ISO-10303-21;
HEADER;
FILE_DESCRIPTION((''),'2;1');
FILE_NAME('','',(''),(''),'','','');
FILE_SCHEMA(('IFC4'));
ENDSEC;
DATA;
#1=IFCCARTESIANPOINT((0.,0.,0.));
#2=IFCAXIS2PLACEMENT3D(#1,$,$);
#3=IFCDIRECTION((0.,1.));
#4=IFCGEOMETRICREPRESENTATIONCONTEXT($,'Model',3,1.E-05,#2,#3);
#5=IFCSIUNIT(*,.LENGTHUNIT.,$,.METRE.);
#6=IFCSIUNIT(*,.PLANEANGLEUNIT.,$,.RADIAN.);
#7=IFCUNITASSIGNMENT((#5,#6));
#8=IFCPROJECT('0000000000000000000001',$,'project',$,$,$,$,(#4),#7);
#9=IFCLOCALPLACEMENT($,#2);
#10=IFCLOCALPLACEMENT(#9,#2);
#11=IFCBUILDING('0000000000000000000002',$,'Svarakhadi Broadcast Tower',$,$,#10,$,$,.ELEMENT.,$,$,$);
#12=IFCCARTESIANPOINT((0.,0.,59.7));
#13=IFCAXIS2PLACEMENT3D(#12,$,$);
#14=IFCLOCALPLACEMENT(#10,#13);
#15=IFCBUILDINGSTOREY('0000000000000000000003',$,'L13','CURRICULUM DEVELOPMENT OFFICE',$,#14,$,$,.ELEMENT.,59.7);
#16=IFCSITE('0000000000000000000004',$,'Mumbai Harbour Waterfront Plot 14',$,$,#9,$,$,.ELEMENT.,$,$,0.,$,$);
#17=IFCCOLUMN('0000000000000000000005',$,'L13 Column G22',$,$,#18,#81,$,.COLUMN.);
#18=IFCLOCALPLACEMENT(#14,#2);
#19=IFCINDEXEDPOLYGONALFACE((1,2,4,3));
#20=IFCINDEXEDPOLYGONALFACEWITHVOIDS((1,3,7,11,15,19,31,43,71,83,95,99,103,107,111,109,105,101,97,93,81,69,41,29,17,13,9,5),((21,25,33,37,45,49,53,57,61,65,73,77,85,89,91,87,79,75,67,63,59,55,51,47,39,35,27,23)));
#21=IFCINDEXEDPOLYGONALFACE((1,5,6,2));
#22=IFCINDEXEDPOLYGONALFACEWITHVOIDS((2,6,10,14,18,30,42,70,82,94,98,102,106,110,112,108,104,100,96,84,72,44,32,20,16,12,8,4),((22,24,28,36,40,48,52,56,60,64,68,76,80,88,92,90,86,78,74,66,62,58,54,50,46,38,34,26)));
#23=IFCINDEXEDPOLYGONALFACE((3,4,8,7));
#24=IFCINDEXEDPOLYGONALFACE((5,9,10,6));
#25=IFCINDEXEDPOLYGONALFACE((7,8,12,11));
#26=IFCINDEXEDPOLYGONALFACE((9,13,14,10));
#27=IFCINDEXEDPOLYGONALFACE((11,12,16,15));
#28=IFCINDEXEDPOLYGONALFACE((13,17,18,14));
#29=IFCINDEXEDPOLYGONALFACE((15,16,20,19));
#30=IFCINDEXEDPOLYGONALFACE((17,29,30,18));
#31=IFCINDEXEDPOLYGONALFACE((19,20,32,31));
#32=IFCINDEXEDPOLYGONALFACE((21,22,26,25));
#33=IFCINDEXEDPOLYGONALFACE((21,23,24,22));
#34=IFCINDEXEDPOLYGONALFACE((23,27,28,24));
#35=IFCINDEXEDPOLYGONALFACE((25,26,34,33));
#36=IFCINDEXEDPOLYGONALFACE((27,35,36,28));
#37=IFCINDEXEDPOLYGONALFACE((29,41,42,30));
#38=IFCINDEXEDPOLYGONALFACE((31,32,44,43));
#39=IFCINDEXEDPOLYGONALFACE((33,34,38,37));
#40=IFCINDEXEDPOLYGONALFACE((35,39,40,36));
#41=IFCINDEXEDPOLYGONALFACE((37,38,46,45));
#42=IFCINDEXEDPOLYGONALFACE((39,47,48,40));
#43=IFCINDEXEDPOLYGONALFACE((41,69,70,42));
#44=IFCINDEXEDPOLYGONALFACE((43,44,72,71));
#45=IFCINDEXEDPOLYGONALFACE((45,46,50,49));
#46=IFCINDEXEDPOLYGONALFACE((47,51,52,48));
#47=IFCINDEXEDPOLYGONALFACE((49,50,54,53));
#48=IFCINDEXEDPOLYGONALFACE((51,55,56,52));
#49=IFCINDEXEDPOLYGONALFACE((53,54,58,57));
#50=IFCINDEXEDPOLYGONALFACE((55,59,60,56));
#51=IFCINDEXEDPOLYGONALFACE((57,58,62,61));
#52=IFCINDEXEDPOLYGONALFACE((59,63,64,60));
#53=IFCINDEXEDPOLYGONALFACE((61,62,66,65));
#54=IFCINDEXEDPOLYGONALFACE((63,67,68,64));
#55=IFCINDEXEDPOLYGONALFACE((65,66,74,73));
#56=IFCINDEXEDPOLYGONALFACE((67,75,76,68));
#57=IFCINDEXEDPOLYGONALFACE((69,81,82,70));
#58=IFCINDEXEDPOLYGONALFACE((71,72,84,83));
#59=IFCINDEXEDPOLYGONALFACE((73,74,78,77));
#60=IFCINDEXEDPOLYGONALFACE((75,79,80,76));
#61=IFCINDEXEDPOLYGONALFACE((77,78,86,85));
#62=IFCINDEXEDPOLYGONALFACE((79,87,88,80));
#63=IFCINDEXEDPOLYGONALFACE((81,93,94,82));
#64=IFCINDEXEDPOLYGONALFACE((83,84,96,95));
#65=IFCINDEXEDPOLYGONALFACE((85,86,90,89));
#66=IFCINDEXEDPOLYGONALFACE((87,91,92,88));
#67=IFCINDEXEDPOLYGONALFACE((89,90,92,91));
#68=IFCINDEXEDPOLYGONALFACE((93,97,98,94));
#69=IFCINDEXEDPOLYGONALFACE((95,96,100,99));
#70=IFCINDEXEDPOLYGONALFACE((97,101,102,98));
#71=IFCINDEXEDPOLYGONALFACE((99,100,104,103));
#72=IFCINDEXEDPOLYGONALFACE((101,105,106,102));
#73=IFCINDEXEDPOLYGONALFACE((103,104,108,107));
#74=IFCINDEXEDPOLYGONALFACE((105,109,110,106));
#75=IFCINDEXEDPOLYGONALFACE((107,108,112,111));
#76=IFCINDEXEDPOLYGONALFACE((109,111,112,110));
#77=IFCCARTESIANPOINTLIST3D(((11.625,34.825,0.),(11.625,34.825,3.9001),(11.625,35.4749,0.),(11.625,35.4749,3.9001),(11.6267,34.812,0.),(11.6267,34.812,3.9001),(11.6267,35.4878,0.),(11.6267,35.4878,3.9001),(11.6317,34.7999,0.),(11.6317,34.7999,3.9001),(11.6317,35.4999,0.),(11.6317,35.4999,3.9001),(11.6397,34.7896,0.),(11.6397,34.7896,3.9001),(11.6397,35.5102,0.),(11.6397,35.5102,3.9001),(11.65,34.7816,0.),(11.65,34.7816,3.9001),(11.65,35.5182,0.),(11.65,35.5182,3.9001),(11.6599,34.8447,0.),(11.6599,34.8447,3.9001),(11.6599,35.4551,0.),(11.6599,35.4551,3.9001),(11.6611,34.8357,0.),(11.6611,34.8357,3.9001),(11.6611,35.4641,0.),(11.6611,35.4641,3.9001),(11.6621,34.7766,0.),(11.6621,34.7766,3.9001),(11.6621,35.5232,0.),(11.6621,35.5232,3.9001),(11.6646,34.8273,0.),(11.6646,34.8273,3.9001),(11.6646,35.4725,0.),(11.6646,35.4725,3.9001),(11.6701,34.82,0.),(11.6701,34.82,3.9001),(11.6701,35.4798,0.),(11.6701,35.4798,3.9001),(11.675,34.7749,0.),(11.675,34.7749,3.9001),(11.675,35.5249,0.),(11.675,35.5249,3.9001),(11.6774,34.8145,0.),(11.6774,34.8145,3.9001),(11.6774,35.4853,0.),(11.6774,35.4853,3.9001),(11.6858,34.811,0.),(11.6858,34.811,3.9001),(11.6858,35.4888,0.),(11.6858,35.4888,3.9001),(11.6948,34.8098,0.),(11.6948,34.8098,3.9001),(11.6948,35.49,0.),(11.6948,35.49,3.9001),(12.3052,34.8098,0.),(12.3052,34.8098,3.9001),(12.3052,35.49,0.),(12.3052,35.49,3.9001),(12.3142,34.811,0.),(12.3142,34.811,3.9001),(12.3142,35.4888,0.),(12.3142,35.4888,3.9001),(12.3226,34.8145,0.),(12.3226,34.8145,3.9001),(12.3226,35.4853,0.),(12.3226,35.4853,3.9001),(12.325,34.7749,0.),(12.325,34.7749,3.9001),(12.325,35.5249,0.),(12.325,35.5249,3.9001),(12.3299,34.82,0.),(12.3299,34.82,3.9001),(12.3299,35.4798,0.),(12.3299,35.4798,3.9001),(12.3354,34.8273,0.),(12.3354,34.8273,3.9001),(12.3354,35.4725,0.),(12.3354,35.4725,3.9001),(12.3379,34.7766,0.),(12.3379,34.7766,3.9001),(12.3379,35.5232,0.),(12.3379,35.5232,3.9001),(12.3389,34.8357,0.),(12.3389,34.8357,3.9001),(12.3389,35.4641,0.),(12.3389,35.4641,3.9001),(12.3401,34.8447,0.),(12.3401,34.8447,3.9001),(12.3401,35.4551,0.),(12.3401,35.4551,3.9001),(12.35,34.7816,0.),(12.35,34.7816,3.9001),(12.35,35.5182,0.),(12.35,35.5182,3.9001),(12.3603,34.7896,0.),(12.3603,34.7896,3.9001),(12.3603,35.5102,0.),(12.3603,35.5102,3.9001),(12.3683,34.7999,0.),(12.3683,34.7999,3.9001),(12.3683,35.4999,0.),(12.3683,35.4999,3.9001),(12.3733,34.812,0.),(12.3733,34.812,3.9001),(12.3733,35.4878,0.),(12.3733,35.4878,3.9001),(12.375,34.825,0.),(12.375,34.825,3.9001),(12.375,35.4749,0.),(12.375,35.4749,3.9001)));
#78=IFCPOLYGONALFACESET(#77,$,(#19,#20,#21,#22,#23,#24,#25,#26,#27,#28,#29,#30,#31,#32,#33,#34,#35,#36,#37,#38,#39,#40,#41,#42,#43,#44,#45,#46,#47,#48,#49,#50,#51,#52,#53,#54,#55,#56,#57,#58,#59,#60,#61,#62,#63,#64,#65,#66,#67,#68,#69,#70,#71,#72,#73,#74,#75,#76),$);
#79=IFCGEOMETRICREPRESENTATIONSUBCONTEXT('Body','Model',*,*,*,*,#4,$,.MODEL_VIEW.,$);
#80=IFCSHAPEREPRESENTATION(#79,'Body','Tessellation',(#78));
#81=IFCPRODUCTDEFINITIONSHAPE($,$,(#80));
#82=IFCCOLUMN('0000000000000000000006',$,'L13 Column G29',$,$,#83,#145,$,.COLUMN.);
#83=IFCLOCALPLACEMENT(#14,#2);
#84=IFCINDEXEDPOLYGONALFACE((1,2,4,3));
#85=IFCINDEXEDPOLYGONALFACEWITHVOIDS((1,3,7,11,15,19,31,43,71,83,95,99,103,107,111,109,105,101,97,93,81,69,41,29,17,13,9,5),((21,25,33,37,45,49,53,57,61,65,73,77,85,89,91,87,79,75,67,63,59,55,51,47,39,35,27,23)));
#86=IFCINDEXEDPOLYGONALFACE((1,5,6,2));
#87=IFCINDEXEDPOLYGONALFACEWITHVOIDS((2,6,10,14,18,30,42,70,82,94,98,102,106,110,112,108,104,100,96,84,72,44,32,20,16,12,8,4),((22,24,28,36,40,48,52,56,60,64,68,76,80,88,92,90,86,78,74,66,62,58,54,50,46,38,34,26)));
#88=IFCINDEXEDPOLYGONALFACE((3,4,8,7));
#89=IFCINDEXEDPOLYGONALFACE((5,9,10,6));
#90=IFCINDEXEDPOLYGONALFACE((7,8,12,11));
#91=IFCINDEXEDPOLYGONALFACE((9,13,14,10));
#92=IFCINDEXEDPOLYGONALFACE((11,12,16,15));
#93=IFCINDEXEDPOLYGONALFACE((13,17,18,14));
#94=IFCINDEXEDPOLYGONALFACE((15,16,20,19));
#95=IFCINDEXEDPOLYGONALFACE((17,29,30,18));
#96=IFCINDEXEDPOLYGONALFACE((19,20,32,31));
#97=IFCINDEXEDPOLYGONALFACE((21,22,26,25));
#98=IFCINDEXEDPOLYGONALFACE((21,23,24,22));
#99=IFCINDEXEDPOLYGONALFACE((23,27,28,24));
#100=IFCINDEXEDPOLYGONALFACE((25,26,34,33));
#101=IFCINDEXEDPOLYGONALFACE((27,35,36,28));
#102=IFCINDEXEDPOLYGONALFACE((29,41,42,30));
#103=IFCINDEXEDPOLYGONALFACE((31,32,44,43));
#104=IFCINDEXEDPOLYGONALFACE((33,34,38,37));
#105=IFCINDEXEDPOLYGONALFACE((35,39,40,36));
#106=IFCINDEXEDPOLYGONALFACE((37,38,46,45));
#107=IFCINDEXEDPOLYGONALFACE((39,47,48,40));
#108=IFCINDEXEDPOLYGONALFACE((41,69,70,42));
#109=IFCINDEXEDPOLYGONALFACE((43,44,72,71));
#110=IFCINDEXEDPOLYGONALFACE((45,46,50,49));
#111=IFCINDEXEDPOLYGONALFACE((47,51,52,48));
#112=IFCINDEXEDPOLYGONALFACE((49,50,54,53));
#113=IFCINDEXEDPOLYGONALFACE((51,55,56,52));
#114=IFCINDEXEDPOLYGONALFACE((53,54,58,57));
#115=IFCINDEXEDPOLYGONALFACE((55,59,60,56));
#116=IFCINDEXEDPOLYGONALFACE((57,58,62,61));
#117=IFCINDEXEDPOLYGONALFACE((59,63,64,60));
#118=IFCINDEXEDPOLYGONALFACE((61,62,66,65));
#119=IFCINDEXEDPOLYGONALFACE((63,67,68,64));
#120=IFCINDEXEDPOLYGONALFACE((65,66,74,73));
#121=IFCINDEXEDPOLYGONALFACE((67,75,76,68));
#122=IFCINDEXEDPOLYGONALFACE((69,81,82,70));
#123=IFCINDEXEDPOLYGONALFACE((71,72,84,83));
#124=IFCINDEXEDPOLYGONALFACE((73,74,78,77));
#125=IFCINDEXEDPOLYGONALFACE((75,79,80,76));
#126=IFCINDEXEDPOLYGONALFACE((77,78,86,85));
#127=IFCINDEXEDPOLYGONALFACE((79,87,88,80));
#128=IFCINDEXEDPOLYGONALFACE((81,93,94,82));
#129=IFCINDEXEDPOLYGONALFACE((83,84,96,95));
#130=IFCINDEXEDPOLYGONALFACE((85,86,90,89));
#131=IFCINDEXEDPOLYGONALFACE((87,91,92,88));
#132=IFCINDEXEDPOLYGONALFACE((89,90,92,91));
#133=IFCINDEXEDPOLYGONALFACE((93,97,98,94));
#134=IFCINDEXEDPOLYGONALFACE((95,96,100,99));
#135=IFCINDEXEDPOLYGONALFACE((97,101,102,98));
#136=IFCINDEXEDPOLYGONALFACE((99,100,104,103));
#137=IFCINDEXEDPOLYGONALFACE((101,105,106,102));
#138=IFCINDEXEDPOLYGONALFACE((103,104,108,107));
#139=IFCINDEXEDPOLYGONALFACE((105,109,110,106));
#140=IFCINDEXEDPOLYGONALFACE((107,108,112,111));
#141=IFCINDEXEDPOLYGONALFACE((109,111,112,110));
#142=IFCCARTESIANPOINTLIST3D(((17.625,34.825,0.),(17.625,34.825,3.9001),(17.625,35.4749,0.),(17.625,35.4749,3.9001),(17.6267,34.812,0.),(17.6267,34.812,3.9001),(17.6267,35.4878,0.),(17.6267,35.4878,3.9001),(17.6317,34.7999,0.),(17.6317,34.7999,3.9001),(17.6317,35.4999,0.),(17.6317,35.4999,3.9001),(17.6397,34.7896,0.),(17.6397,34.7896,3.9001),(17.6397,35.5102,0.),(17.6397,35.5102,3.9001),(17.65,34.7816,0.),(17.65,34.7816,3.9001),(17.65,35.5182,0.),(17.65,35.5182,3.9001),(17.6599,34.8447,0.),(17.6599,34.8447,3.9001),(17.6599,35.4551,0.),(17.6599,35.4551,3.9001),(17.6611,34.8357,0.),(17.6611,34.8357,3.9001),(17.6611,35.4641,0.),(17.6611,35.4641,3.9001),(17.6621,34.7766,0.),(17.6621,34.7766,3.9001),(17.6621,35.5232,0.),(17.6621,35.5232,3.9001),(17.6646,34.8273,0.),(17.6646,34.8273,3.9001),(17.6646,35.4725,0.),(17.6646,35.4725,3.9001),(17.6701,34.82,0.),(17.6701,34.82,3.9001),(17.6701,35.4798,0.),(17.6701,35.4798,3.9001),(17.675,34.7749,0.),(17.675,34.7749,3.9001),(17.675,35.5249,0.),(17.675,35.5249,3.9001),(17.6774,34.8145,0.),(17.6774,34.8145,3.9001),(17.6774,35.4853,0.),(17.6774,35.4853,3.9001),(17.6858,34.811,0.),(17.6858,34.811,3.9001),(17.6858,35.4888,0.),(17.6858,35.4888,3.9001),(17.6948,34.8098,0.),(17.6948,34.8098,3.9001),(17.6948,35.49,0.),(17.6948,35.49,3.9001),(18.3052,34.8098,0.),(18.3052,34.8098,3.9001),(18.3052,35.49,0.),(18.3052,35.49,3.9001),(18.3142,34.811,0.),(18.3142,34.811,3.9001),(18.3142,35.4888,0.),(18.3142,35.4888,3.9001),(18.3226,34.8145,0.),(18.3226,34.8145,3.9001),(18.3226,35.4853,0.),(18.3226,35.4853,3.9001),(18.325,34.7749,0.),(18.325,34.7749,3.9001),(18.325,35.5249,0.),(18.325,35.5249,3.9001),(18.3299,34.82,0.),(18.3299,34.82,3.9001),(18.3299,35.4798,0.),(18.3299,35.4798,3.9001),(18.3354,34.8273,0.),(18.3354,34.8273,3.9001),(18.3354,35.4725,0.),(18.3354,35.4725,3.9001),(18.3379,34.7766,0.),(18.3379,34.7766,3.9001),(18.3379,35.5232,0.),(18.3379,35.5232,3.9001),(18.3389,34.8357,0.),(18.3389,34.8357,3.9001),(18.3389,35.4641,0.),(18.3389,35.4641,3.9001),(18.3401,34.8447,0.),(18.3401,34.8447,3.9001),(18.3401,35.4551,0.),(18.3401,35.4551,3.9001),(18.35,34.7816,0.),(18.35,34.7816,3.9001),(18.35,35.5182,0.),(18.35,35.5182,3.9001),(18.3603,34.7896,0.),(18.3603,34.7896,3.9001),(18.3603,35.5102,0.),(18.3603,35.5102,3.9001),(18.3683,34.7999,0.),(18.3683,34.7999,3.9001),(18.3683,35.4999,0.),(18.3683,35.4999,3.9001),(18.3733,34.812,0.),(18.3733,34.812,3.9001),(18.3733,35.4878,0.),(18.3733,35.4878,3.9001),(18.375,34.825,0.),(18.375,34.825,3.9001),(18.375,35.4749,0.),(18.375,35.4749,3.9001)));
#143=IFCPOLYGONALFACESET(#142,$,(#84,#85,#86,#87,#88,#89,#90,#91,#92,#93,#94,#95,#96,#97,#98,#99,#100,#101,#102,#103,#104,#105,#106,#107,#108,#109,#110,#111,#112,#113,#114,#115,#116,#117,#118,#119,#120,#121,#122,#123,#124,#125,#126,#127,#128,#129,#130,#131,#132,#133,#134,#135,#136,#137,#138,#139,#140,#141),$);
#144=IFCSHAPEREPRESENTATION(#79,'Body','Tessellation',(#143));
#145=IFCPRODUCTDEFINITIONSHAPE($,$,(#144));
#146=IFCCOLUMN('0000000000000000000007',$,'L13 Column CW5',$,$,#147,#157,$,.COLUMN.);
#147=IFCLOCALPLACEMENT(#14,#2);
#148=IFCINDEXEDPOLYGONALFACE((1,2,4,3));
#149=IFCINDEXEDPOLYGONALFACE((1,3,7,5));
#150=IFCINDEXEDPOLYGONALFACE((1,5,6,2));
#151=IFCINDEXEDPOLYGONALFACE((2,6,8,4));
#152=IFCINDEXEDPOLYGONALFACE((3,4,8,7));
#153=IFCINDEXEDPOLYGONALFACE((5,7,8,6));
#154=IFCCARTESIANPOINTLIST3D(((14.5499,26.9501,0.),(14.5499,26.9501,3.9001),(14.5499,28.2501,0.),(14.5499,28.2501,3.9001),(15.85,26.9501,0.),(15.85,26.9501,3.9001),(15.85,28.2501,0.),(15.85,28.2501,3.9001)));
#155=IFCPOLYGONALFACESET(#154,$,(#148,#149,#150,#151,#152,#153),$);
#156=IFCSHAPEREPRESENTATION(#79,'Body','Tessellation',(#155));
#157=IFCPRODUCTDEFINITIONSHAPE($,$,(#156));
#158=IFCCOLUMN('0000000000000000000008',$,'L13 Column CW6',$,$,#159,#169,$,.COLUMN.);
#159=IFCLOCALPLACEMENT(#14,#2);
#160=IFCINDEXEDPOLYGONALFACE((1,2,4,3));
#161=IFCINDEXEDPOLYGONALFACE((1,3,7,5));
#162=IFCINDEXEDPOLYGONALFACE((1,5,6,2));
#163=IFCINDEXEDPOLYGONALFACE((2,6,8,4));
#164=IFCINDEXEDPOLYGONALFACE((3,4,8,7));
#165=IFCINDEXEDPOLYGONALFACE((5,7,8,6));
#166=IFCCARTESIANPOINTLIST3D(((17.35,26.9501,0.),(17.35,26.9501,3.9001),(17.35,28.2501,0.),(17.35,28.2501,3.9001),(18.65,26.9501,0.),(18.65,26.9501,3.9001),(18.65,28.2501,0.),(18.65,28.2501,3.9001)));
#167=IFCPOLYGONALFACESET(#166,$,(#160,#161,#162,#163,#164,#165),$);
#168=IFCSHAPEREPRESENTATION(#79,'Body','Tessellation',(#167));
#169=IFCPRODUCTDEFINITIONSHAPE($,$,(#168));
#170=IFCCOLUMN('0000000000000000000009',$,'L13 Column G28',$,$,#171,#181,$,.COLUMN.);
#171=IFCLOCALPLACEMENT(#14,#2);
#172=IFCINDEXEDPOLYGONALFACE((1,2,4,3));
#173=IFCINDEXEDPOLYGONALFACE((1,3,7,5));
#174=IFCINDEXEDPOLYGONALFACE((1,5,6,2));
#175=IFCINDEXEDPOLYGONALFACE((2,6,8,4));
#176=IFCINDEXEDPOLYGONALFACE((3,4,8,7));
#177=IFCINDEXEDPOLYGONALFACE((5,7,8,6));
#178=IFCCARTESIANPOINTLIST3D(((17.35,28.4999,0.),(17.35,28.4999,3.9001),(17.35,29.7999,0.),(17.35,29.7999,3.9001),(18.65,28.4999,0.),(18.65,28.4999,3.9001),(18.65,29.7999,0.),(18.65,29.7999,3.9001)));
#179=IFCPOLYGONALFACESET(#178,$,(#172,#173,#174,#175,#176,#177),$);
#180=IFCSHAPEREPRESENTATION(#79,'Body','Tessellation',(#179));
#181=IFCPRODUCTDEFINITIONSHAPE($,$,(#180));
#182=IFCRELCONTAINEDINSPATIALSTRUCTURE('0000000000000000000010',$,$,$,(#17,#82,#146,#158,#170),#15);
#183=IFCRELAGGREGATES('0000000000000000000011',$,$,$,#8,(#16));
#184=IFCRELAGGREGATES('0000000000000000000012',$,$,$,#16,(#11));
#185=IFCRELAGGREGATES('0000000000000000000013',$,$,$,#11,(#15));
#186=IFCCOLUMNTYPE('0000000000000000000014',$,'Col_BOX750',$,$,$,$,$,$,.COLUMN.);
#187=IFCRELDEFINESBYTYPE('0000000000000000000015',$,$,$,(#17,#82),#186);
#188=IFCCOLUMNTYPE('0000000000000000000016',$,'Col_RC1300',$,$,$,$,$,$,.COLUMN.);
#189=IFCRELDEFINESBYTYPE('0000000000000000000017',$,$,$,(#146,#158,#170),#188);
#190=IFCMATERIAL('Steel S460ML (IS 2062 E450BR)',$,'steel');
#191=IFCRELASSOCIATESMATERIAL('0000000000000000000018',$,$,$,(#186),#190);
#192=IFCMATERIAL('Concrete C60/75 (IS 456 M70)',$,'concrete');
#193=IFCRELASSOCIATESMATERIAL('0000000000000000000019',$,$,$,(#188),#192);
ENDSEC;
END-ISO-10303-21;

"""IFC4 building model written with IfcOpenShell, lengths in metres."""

from ifc_helpers import new_model, si_unit, direction, frame, origin, origin_2d, place, context, subcontext, project, spatial, rectangle, hollow_rectangle, extrude, material, material_profile, profile_set, type_object, element, save


model = new_model("IFC4")

# Units and contexts
model_context = context("Model", 3, precision=1e-05, world=origin(), true_north=direction((0.0, 1.0)))
body_context = subcontext(model_context, "Body", "Model", "MODEL_VIEW")
ifc_project = project(units=[si_unit("LENGTHUNIT", "METRE"), si_unit("PLANEANGLEUNIT", "RADIAN")], contexts=[model_context])

# Site, building, storey
site_placement = place(None, origin())
site = spatial("IfcSite", under=ifc_project, at=site_placement, Name="Mumbai Harbour Waterfront Plot 14", CompositionType="ELEMENT", RefElevation=0.0)
building_placement = place(site_placement, origin())
building = spatial("IfcBuilding", under=site, at=building_placement, Name="Svarakhadi Broadcast Tower", CompositionType="ELEMENT")
storey_placement = place(building_placement, frame((0.0, 0.0, 59.7)))
storey = spatial("IfcBuildingStorey", under=building, at=storey_placement, Name="L13", Description="CURRICULUM DEVELOPMENT OFFICE", CompositionType="ELEMENT", Elevation=59.7)

# Columns
ifc_material_1 = material(Name="Steel S460ML (IS 2062 E450BR)", Category="steel")
ifc_material_profile_1 = material_profile(ifc_material_1, hollow_rectangle(XDim=0.75, YDim=0.75, WallThickness=0.0349, InnerFilletRadius=0.0349, OuterFilletRadius=0.05, at=origin_2d()), Name="BOX 750x750x35")
ifc_profile_set_1 = profile_set([ifc_material_profile_1], Name="Steel S460ML (IS 2062 E450BR)")
column_type_1 = type_object("IfcColumnType", Name="Col_BOX750", PredefinedType="COLUMN", material=ifc_profile_set_1)
for number, where, z_axis, x_axis, name in (
    (1, (12.0, 35.1499, 0.0), (0.0, 0.0, 1.0), (1.0, 0.0, 0.0), "L13 Column G22"),
    (2, (18.0, 35.1499, 0.0), (0.0, 0.0, 1.0), (1.0, 0.0, 0.0), "L13 Column G29"),
):
    element("IfcColumn", number, at=place(storey_placement, frame(where, z_axis=z_axis, x_axis=x_axis)), inside=storey, type_object=column_type_1, Name=name, PredefinedType="COLUMN", context=body_context, shape_type="SweptSolid", body=[
        extrude(hollow_rectangle(XDim=0.75, YDim=0.75, WallThickness=0.0349, InnerFilletRadius=0.0349, OuterFilletRadius=0.05, at=origin_2d()), origin(), (0.0, 0.0, 1.0), 3.9001),
    ])
ifc_material_2 = material(Name="Concrete C60/75 (IS 456 M70)", Category="concrete")
ifc_material_profile_2 = material_profile(ifc_material_2, rectangle(XDim=1.3, YDim=1.3, at=origin_2d()), Name="RC 1300x1300")
ifc_profile_set_2 = profile_set([ifc_material_profile_2], Name="Concrete C60/75 (IS 456 M70)")
column_type_2 = type_object("IfcColumnType", Name="Col_RC1300", PredefinedType="COLUMN", material=ifc_profile_set_2)
for number, where, z_axis, x_axis, name in (
    (3, (15.2, 27.6001, 0.0), (0.0, 0.0, 1.0), (1.0, 0.0, 0.0), "L13 Column CW5"),
    (4, (18.0, 27.6001, 0.0), (0.0, 0.0, 1.0), (1.0, 0.0, 0.0), "L13 Column CW6"),
    (5, (18.0, 29.1499, 0.0), (0.0, 0.0, 1.0), (1.0, 0.0, 0.0), "L13 Column G28"),
):
    element("IfcColumn", number, at=place(storey_placement, frame(where, z_axis=z_axis, x_axis=x_axis)), inside=storey, type_object=column_type_2, Name=name, PredefinedType="COLUMN", context=body_context, shape_type="SweptSolid", body=[
        extrude(rectangle(XDim=1.3, YDim=1.3, at=origin_2d()), origin(), (0.0, 0.0, 1.0), 3.9001),
    ])

save(model, "model.ifc")
